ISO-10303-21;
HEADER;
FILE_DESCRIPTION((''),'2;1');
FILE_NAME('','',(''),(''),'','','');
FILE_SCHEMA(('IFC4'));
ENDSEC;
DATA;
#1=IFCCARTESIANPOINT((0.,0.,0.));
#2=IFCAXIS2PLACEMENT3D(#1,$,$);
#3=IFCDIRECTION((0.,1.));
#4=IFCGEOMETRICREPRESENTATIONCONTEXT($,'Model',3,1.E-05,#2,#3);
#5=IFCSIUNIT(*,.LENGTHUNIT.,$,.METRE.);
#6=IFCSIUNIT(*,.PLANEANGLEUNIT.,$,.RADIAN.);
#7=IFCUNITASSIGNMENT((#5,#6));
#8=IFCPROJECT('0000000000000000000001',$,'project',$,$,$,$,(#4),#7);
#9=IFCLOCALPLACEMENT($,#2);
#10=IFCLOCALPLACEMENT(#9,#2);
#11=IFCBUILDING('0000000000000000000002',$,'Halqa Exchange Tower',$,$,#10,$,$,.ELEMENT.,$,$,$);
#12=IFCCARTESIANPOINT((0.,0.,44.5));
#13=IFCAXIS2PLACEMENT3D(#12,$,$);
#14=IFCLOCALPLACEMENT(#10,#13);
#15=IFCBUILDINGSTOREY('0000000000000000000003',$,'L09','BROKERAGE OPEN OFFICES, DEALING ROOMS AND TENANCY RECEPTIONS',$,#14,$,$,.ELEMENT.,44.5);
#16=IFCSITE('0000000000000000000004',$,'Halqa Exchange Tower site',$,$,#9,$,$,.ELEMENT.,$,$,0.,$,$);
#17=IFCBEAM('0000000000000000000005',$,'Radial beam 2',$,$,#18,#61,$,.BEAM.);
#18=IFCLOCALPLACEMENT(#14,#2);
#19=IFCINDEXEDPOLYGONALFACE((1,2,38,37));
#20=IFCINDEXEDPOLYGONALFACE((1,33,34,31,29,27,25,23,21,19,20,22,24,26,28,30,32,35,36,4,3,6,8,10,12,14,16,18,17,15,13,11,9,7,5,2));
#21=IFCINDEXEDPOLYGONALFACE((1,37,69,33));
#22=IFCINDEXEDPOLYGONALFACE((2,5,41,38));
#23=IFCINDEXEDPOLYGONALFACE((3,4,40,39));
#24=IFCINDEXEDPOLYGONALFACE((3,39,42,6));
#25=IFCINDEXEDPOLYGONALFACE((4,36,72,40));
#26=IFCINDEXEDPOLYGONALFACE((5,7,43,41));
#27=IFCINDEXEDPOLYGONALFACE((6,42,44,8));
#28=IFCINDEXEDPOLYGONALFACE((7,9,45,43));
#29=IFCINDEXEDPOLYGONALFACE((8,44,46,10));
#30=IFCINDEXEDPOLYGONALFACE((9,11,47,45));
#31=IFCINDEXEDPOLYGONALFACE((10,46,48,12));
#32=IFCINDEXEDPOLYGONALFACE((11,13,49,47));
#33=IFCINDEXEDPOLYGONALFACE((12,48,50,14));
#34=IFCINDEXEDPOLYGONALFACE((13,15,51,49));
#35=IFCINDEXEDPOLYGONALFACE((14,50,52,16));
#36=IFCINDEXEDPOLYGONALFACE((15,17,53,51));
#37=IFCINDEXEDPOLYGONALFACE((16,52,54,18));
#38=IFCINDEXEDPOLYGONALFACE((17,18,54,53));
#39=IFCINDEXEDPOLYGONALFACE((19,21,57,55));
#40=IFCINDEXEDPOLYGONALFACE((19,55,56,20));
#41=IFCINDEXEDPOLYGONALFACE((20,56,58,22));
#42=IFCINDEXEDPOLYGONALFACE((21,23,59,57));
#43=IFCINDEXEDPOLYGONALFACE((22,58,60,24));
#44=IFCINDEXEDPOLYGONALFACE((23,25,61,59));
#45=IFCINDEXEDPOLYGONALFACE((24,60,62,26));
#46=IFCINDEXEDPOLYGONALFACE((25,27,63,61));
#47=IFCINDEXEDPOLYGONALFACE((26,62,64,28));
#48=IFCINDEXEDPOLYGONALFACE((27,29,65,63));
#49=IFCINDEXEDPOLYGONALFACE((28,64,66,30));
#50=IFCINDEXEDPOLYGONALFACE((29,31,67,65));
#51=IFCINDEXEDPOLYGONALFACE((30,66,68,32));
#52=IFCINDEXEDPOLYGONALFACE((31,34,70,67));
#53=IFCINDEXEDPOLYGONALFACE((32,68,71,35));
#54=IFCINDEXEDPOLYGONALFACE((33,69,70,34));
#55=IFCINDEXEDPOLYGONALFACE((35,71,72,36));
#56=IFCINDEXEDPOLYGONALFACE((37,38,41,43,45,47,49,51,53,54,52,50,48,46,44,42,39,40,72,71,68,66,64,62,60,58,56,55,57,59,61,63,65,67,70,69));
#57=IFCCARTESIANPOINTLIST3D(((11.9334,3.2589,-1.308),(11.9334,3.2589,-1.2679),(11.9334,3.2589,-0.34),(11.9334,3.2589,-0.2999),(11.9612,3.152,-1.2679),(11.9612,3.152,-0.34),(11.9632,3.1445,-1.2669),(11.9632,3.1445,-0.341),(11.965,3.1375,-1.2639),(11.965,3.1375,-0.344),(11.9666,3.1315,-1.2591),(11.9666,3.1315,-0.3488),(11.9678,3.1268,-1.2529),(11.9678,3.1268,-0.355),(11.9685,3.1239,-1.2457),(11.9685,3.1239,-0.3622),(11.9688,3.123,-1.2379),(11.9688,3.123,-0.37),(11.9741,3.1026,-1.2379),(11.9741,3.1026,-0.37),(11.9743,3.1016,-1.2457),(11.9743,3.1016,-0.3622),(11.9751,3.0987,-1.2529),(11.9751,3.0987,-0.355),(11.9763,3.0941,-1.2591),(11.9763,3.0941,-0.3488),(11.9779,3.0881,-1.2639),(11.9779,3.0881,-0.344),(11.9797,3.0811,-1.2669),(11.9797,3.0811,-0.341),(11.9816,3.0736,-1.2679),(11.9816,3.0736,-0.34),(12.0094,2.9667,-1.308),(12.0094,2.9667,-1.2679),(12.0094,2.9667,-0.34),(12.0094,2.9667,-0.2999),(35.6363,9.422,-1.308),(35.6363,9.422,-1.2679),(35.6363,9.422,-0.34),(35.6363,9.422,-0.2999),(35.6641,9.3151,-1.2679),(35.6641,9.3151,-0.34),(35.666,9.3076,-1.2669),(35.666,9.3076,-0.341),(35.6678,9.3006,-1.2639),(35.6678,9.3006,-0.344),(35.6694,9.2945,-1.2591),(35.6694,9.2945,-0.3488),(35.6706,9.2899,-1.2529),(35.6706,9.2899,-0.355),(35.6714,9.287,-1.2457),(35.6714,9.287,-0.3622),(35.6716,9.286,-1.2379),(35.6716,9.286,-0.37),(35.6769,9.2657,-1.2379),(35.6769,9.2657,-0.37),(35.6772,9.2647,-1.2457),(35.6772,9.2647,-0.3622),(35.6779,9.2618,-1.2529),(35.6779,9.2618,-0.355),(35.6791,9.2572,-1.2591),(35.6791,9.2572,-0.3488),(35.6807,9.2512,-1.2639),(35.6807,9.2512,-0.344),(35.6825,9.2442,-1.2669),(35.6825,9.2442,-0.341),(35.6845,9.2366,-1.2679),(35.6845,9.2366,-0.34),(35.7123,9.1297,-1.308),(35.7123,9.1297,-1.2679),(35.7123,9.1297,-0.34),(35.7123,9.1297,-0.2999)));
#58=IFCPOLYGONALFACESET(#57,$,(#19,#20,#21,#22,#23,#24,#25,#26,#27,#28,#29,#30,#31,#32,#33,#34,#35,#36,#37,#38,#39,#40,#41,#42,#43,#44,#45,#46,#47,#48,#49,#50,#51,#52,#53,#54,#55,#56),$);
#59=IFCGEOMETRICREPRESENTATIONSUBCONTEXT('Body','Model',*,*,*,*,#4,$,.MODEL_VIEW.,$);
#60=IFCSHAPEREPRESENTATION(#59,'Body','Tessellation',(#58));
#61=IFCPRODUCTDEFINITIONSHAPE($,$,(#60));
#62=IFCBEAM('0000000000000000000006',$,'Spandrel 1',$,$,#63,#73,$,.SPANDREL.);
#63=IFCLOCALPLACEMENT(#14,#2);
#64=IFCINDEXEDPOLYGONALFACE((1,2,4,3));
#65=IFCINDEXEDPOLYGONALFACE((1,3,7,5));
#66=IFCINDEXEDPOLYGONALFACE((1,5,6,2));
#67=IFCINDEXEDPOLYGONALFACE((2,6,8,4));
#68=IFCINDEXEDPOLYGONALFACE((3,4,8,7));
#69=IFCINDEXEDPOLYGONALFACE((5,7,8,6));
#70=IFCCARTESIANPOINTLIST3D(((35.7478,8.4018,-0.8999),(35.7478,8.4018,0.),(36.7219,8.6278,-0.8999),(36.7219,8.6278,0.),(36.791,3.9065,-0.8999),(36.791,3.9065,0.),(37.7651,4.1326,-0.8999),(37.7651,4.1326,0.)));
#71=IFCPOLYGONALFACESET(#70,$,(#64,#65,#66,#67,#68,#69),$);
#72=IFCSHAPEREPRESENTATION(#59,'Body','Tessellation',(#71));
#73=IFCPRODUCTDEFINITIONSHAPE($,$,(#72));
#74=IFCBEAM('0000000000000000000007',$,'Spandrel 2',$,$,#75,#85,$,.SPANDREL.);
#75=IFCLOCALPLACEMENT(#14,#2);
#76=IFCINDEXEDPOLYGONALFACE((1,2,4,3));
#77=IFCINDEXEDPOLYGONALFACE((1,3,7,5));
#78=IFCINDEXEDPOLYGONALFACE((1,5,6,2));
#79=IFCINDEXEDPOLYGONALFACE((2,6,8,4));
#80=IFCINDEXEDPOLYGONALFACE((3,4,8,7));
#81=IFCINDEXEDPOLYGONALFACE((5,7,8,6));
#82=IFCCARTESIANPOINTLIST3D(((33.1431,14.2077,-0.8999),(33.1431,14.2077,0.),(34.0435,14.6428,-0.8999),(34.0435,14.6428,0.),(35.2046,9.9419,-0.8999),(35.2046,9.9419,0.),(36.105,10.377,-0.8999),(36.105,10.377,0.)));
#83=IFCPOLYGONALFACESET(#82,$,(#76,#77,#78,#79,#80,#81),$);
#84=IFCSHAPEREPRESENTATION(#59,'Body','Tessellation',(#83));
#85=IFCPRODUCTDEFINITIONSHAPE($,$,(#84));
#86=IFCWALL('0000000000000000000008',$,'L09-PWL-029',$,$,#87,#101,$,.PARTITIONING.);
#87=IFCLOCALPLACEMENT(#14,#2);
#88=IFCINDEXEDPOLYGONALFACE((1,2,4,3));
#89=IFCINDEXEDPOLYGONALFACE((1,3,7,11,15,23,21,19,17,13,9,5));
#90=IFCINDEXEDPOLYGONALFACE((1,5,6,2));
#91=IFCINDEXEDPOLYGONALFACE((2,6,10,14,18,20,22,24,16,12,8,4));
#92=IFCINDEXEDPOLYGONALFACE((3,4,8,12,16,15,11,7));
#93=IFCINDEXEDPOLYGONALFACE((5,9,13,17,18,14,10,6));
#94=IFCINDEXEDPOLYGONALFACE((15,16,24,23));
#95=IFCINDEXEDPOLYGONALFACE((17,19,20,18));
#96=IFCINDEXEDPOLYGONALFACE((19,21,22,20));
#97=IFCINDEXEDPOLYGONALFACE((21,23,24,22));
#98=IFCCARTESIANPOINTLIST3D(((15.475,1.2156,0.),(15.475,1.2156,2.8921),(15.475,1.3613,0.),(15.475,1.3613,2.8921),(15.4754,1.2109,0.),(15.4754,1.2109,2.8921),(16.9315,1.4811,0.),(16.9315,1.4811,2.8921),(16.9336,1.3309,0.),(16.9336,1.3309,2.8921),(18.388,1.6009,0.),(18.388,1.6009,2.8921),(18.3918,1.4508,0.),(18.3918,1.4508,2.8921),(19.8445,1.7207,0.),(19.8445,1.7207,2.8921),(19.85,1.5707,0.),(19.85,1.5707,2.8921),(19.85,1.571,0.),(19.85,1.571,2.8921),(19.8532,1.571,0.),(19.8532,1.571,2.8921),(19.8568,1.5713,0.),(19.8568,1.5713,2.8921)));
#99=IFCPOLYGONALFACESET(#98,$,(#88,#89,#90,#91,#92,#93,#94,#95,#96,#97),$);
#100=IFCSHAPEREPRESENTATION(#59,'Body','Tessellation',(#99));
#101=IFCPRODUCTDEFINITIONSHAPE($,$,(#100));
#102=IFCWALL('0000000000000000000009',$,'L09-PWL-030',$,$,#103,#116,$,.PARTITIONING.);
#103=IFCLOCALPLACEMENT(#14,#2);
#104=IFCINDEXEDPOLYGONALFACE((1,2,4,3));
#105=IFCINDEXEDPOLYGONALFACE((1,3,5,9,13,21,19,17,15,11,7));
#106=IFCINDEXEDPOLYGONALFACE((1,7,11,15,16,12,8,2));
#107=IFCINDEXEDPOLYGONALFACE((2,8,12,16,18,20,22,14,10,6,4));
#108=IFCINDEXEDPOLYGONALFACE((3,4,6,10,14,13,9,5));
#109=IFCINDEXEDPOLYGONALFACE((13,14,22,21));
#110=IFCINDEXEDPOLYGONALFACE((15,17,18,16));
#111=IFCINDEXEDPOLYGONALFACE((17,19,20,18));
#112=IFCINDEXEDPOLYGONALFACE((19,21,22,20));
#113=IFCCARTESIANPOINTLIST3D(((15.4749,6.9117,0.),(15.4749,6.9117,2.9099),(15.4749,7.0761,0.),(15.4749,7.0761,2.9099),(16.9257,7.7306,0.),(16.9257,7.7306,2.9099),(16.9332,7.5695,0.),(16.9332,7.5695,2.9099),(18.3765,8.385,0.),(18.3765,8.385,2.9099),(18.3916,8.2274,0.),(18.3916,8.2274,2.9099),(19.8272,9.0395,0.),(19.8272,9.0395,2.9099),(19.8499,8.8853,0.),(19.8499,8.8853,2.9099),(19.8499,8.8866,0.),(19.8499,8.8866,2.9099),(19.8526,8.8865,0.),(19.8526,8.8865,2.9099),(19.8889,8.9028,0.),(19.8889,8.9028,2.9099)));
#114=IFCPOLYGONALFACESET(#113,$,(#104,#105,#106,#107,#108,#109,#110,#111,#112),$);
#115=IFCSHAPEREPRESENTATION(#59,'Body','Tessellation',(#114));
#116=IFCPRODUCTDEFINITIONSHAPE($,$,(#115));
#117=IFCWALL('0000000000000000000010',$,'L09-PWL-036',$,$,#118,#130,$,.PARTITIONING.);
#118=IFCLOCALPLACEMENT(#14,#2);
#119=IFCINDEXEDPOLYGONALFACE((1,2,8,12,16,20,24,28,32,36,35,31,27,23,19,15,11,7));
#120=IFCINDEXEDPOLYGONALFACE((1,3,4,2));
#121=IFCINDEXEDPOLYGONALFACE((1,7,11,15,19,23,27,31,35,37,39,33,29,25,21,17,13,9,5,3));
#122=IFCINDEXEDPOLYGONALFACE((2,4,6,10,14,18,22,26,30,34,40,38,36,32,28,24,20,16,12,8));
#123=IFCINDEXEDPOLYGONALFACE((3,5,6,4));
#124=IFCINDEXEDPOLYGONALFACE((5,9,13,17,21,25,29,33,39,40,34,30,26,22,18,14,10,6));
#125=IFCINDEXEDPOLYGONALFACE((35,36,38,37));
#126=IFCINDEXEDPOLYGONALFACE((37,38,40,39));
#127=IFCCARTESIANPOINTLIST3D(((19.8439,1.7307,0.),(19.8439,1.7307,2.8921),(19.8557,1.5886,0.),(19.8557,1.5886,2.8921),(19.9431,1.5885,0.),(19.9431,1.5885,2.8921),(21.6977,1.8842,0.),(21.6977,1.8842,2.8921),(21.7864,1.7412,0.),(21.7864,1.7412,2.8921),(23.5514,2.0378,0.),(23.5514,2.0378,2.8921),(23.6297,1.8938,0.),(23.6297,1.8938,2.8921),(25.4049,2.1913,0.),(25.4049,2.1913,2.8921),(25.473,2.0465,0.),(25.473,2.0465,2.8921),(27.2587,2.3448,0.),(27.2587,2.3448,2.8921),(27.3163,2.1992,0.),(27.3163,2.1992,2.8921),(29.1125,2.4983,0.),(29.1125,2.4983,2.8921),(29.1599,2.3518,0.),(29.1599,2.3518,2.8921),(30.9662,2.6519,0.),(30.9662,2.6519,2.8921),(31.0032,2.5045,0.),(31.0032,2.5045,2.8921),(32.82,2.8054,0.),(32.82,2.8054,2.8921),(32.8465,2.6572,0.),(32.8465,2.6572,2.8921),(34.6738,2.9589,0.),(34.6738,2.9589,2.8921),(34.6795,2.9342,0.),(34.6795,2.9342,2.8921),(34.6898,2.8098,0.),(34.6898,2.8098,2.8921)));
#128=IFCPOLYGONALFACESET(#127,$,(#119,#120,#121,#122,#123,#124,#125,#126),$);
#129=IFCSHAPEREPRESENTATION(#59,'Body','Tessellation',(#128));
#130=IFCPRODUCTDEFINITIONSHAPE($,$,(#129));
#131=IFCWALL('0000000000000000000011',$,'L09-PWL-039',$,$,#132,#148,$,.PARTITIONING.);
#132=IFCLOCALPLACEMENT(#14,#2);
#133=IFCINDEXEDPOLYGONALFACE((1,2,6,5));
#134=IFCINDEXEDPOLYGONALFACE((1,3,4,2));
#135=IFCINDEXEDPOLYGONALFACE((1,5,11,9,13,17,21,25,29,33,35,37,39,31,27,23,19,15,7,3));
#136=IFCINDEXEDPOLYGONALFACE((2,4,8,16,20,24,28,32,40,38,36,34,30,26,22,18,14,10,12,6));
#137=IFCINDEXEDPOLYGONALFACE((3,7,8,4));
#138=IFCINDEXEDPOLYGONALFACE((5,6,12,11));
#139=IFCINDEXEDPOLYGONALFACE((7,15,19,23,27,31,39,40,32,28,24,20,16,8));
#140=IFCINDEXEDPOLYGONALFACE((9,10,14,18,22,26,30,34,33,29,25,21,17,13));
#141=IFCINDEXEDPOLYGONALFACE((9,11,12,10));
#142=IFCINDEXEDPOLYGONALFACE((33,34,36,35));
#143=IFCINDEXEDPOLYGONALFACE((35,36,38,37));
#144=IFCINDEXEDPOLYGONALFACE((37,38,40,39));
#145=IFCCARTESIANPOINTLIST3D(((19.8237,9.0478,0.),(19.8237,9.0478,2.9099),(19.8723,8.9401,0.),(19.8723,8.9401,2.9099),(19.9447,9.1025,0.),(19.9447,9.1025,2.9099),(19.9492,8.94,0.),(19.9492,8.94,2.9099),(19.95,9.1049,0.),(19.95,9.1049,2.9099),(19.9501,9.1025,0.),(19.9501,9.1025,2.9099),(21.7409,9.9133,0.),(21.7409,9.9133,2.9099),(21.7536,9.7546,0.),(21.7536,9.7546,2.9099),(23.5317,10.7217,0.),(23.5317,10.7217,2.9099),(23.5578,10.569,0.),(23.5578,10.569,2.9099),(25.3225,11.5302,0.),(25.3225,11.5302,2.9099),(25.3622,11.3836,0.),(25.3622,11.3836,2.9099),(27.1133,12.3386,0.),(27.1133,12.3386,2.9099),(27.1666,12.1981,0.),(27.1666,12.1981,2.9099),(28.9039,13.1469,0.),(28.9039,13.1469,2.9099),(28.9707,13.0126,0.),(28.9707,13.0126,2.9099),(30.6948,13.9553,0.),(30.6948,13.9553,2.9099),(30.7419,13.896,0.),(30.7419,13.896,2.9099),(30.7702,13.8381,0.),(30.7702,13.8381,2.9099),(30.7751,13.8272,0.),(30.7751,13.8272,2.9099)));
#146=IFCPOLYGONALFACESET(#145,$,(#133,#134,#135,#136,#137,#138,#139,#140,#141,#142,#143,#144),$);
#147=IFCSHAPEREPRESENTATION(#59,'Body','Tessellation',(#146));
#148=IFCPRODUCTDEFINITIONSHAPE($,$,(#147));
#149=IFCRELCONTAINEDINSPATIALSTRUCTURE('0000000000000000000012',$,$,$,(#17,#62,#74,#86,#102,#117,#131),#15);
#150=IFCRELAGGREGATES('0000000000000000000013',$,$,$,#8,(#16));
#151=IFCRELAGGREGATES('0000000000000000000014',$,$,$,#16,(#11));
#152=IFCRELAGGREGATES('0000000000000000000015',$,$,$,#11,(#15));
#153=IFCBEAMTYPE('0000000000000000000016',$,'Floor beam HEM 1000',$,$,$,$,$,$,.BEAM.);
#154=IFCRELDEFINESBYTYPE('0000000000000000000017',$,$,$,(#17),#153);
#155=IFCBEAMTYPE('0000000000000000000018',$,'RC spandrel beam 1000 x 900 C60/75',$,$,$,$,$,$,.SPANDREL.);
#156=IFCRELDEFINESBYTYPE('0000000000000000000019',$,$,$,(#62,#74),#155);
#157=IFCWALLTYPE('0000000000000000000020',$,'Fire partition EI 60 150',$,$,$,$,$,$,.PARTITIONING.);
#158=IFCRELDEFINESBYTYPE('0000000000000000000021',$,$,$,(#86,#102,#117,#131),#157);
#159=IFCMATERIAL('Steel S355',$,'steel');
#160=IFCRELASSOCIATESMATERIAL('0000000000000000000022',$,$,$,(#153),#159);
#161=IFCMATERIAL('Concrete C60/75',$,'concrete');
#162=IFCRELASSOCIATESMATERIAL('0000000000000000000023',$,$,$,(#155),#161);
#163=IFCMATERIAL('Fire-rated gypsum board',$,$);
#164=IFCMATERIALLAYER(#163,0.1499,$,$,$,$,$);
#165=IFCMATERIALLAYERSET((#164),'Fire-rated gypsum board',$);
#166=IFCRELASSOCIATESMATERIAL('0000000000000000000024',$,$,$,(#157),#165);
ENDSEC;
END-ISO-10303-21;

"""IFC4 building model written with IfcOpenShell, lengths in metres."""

from ifc_helpers import new_model, si_unit, direction, frame, origin, origin_2d, place, context, subcontext, project, spatial, polyline, rectangle, i_section, outline, extrude, material, layer, layer_set, material_profile, profile_set, type_object, element, save


model = new_model("IFC4")

# Units and contexts
model_context = context("Model", 3, precision=1e-05, world=origin(), true_north=direction((0.0, 1.0)))
body_context = subcontext(model_context, "Body", "Model", "MODEL_VIEW")
ifc_project = project(units=[si_unit("LENGTHUNIT", "METRE"), si_unit("PLANEANGLEUNIT", "RADIAN")], contexts=[model_context])

# Site, building, storey
site_placement = place(None, origin())
site = spatial("IfcSite", under=ifc_project, at=site_placement, Name="Halqa Exchange Tower site", CompositionType="ELEMENT", RefElevation=0.0)
building_placement = place(site_placement, origin())
building = spatial("IfcBuilding", under=site, at=building_placement, Name="Halqa Exchange Tower", CompositionType="ELEMENT")
storey_placement = place(building_placement, frame((0.0, 0.0, 44.5)))
storey = spatial("IfcBuildingStorey", under=building, at=storey_placement, Name="L09", Description="BROKERAGE OPEN OFFICES, DEALING ROOMS AND TENANCY RECEPTIONS", CompositionType="ELEMENT", Elevation=44.5)

# Beams
ifc_material_1 = material(Name="Steel S355", Category="steel")
ifc_material_profile_1 = material_profile(ifc_material_1, i_section(OverallWidth=0.302, OverallDepth=1.0081, WebThickness=0.021, FlangeThickness=0.04, FilletRadius=0.03, at=origin_2d()), Name="HEM 1000")
ifc_profile_set_1 = profile_set([ifc_material_profile_1], Name="Steel S355")
beam_type_1 = type_object("IfcBeamType", Name="Floor beam HEM 1000", PredefinedType="BEAM", material=ifc_profile_set_1)
beam_1_placement = place(storey_placement, frame((11.9714, 3.1128, -0.804), z_axis=(0.967819, 0.251647, 0.0), x_axis=(-0.251647, 0.967819, 0.0)))
element("IfcBeam", 1, at=beam_1_placement, inside=storey, type_object=beam_type_1, Name="Radial beam 2", PredefinedType="BEAM", context=body_context, shape_type="SweptSolid", body=[
    extrude(i_section(OverallWidth=0.302, OverallDepth=1.0081, WebThickness=0.021, FlangeThickness=0.04, FilletRadius=0.03, at=origin_2d()), origin(), (0.0, 0.0, 1.0), 24.491),
])
ifc_material_2 = material(Name="Concrete C60/75", Category="concrete")
ifc_material_profile_2 = material_profile(ifc_material_2, rectangle(XDim=1.0, YDim=0.8999, at=origin_2d()), Name="1000 x 900")
ifc_profile_set_2 = profile_set([ifc_material_profile_2], Name="Concrete C60/75")
beam_type_2 = type_object("IfcBeamType", Name="RC spandrel beam 1000 x 900 C60/75", PredefinedType="SPANDREL", material=ifc_profile_set_2)
beam_2_placement = place(storey_placement, frame((37.2781, 4.0195, -0.45), z_axis=(-0.226057, 0.974114, 0.0), x_axis=(-0.974114, -0.226057, 0.0)))
element("IfcBeam", 2, at=beam_2_placement, inside=storey, type_object=beam_type_2, Name="Spandrel 1", PredefinedType="SPANDREL", context=body_context, shape_type="SweptSolid", body=[
    extrude(rectangle(XDim=1.0, YDim=0.8999, at=origin_2d()), origin(), (0.0, 0.0, 1.0), 4.6147),
])
beam_3_placement = place(storey_placement, frame((35.6548, 10.1594, -0.45), z_axis=(-0.435115, 0.900375, 0.0), x_axis=(-0.900375, -0.435115, 0.0)))
element("IfcBeam", 3, at=beam_3_placement, inside=storey, type_object=beam_type_2, Name="Spandrel 2", PredefinedType="SPANDREL", context=body_context, shape_type="SweptSolid", body=[
    extrude(rectangle(XDim=1.0, YDim=0.8999, at=origin_2d()), origin(), (0.0, 0.0, 1.0), 4.7378),
])

# Walls
ifc_material_3 = material(Name="Fire-rated gypsum board")
ifc_layer_1 = layer(ifc_material_3, 0.1499)
ifc_layer_set_1 = layer_set([ifc_layer_1], Name="Fire-rated gypsum board")
wall_type_1 = type_object("IfcWallType", Name="Fire partition EI 60 150", PredefinedType="PARTITIONING", material=ifc_layer_set_1)
wall_1_placement = place(storey_placement, frame((15.4692, 1.2856, 0.0), z_axis=(0.0, 0.0, 1.0), x_axis=(0.996635, 0.08197, 0.0)))
element("IfcWall", 4, at=wall_1_placement, inside=storey, type_object=wall_type_1, Name="L09-PWL-029", PredefinedType="PARTITIONING", context=body_context, shape_type="SweptSolid", body=[
    extrude(outline(polyline([(0.0, -0.075), (1.4631, -0.075), (2.9263, -0.075), (4.3894, -0.075), (4.3894, -0.0747), (4.3926, -0.075), (4.3962, -0.075), (4.3962, 0.075), (2.9348, 0.075), (1.4734, 0.075), (0.012, 0.075), (0.0, -0.0703), (0.0, -0.075)])), origin(), (0.0, 0.0, 1.0), 2.8921),
])
wall_2_placement = place(storey_placement, frame((15.4441, 6.98, 0.0), z_axis=(0.0, 0.0, 1.0), x_axis=(0.911544, 0.411203, 0.0)))
element("IfcWall", 5, at=wall_2_placement, inside=storey, type_object=wall_type_1, Name="L09-PWL-030", PredefinedType="PARTITIONING", context=body_context, shape_type="SweptSolid", body=[
    extrude(outline(polyline([(0.0, -0.075), (1.5999, -0.075), (3.1997, -0.075), (4.7996, -0.075), (4.8, -0.0737), (4.8025, -0.075), (4.8423, -0.075), (4.8423, 0.075), (3.2507, 0.075), (1.6592, 0.075), (0.0676, 0.075), (0.0, -0.075)])), origin(), (0.0, 0.0, 1.0), 2.9099),
])
wall_3_placement = place(storey_placement, frame((19.8501, 1.656, 0.0), z_axis=(0.0, 0.0, 1.0), x_axis=(0.996588, 0.082538, 0.0)))
element("IfcWall", 6, at=wall_3_placement, inside=storey, type_object=wall_type_1, Name="L09-PWL-036", PredefinedType="PARTITIONING", context=body_context, shape_type="SweptSolid", body=[
    extrude(outline(polyline([(14.8843, -0.075), (14.8843, 0.0498), (14.8806, 0.075), (13.0205, 0.075), (11.1604, 0.075), (9.3003, 0.075), (7.4402, 0.075), (5.5801, 0.075), (3.7202, 0.075), (1.8601, 0.075), (0.0, 0.075), (0.0, -0.0676), (0.0872, -0.075), (1.9368, -0.075), (3.7864, -0.075), (5.636, -0.075), (7.4856, -0.075), (9.3354, -0.075), (11.1851, -0.075), (13.0347, -0.075), (14.8843, -0.075)])), origin(), (0.0, 0.0, 1.0), 2.8921),
])
wall_4_placement = place(storey_placement, frame((19.8545, 8.9795, 0.0), z_axis=(0.0, 0.0, 1.0), x_axis=(0.911433, 0.411448, 0.0)))
element("IfcWall", 7, at=wall_4_placement, inside=storey, type_object=wall_type_1, Name="L09-PWL-039", PredefinedType="PARTITIONING", context=body_context, shape_type="SweptSolid", body=[
    extrude(outline(polyline([(11.948, -0.075), (11.948, -0.063), (11.946, 0.0015), (11.9275, 0.075), (9.9626, 0.075), (7.998, 0.075), (6.0332, 0.075), (4.0684, 0.075), (2.1035, 0.075), (0.1387, 0.075), (0.1377, 0.0728), (0.1328, 0.075), (0.0, 0.075), (0.0, -0.0432), (0.0701, -0.075), (2.0498, -0.075), (4.0293, -0.075), (6.009, -0.075), (7.9888, -0.075), (9.9683, -0.075), (11.948, -0.075)])), origin(), (0.0, 0.0, 1.0), 2.9099),
])

save(model, "model.ifc")
